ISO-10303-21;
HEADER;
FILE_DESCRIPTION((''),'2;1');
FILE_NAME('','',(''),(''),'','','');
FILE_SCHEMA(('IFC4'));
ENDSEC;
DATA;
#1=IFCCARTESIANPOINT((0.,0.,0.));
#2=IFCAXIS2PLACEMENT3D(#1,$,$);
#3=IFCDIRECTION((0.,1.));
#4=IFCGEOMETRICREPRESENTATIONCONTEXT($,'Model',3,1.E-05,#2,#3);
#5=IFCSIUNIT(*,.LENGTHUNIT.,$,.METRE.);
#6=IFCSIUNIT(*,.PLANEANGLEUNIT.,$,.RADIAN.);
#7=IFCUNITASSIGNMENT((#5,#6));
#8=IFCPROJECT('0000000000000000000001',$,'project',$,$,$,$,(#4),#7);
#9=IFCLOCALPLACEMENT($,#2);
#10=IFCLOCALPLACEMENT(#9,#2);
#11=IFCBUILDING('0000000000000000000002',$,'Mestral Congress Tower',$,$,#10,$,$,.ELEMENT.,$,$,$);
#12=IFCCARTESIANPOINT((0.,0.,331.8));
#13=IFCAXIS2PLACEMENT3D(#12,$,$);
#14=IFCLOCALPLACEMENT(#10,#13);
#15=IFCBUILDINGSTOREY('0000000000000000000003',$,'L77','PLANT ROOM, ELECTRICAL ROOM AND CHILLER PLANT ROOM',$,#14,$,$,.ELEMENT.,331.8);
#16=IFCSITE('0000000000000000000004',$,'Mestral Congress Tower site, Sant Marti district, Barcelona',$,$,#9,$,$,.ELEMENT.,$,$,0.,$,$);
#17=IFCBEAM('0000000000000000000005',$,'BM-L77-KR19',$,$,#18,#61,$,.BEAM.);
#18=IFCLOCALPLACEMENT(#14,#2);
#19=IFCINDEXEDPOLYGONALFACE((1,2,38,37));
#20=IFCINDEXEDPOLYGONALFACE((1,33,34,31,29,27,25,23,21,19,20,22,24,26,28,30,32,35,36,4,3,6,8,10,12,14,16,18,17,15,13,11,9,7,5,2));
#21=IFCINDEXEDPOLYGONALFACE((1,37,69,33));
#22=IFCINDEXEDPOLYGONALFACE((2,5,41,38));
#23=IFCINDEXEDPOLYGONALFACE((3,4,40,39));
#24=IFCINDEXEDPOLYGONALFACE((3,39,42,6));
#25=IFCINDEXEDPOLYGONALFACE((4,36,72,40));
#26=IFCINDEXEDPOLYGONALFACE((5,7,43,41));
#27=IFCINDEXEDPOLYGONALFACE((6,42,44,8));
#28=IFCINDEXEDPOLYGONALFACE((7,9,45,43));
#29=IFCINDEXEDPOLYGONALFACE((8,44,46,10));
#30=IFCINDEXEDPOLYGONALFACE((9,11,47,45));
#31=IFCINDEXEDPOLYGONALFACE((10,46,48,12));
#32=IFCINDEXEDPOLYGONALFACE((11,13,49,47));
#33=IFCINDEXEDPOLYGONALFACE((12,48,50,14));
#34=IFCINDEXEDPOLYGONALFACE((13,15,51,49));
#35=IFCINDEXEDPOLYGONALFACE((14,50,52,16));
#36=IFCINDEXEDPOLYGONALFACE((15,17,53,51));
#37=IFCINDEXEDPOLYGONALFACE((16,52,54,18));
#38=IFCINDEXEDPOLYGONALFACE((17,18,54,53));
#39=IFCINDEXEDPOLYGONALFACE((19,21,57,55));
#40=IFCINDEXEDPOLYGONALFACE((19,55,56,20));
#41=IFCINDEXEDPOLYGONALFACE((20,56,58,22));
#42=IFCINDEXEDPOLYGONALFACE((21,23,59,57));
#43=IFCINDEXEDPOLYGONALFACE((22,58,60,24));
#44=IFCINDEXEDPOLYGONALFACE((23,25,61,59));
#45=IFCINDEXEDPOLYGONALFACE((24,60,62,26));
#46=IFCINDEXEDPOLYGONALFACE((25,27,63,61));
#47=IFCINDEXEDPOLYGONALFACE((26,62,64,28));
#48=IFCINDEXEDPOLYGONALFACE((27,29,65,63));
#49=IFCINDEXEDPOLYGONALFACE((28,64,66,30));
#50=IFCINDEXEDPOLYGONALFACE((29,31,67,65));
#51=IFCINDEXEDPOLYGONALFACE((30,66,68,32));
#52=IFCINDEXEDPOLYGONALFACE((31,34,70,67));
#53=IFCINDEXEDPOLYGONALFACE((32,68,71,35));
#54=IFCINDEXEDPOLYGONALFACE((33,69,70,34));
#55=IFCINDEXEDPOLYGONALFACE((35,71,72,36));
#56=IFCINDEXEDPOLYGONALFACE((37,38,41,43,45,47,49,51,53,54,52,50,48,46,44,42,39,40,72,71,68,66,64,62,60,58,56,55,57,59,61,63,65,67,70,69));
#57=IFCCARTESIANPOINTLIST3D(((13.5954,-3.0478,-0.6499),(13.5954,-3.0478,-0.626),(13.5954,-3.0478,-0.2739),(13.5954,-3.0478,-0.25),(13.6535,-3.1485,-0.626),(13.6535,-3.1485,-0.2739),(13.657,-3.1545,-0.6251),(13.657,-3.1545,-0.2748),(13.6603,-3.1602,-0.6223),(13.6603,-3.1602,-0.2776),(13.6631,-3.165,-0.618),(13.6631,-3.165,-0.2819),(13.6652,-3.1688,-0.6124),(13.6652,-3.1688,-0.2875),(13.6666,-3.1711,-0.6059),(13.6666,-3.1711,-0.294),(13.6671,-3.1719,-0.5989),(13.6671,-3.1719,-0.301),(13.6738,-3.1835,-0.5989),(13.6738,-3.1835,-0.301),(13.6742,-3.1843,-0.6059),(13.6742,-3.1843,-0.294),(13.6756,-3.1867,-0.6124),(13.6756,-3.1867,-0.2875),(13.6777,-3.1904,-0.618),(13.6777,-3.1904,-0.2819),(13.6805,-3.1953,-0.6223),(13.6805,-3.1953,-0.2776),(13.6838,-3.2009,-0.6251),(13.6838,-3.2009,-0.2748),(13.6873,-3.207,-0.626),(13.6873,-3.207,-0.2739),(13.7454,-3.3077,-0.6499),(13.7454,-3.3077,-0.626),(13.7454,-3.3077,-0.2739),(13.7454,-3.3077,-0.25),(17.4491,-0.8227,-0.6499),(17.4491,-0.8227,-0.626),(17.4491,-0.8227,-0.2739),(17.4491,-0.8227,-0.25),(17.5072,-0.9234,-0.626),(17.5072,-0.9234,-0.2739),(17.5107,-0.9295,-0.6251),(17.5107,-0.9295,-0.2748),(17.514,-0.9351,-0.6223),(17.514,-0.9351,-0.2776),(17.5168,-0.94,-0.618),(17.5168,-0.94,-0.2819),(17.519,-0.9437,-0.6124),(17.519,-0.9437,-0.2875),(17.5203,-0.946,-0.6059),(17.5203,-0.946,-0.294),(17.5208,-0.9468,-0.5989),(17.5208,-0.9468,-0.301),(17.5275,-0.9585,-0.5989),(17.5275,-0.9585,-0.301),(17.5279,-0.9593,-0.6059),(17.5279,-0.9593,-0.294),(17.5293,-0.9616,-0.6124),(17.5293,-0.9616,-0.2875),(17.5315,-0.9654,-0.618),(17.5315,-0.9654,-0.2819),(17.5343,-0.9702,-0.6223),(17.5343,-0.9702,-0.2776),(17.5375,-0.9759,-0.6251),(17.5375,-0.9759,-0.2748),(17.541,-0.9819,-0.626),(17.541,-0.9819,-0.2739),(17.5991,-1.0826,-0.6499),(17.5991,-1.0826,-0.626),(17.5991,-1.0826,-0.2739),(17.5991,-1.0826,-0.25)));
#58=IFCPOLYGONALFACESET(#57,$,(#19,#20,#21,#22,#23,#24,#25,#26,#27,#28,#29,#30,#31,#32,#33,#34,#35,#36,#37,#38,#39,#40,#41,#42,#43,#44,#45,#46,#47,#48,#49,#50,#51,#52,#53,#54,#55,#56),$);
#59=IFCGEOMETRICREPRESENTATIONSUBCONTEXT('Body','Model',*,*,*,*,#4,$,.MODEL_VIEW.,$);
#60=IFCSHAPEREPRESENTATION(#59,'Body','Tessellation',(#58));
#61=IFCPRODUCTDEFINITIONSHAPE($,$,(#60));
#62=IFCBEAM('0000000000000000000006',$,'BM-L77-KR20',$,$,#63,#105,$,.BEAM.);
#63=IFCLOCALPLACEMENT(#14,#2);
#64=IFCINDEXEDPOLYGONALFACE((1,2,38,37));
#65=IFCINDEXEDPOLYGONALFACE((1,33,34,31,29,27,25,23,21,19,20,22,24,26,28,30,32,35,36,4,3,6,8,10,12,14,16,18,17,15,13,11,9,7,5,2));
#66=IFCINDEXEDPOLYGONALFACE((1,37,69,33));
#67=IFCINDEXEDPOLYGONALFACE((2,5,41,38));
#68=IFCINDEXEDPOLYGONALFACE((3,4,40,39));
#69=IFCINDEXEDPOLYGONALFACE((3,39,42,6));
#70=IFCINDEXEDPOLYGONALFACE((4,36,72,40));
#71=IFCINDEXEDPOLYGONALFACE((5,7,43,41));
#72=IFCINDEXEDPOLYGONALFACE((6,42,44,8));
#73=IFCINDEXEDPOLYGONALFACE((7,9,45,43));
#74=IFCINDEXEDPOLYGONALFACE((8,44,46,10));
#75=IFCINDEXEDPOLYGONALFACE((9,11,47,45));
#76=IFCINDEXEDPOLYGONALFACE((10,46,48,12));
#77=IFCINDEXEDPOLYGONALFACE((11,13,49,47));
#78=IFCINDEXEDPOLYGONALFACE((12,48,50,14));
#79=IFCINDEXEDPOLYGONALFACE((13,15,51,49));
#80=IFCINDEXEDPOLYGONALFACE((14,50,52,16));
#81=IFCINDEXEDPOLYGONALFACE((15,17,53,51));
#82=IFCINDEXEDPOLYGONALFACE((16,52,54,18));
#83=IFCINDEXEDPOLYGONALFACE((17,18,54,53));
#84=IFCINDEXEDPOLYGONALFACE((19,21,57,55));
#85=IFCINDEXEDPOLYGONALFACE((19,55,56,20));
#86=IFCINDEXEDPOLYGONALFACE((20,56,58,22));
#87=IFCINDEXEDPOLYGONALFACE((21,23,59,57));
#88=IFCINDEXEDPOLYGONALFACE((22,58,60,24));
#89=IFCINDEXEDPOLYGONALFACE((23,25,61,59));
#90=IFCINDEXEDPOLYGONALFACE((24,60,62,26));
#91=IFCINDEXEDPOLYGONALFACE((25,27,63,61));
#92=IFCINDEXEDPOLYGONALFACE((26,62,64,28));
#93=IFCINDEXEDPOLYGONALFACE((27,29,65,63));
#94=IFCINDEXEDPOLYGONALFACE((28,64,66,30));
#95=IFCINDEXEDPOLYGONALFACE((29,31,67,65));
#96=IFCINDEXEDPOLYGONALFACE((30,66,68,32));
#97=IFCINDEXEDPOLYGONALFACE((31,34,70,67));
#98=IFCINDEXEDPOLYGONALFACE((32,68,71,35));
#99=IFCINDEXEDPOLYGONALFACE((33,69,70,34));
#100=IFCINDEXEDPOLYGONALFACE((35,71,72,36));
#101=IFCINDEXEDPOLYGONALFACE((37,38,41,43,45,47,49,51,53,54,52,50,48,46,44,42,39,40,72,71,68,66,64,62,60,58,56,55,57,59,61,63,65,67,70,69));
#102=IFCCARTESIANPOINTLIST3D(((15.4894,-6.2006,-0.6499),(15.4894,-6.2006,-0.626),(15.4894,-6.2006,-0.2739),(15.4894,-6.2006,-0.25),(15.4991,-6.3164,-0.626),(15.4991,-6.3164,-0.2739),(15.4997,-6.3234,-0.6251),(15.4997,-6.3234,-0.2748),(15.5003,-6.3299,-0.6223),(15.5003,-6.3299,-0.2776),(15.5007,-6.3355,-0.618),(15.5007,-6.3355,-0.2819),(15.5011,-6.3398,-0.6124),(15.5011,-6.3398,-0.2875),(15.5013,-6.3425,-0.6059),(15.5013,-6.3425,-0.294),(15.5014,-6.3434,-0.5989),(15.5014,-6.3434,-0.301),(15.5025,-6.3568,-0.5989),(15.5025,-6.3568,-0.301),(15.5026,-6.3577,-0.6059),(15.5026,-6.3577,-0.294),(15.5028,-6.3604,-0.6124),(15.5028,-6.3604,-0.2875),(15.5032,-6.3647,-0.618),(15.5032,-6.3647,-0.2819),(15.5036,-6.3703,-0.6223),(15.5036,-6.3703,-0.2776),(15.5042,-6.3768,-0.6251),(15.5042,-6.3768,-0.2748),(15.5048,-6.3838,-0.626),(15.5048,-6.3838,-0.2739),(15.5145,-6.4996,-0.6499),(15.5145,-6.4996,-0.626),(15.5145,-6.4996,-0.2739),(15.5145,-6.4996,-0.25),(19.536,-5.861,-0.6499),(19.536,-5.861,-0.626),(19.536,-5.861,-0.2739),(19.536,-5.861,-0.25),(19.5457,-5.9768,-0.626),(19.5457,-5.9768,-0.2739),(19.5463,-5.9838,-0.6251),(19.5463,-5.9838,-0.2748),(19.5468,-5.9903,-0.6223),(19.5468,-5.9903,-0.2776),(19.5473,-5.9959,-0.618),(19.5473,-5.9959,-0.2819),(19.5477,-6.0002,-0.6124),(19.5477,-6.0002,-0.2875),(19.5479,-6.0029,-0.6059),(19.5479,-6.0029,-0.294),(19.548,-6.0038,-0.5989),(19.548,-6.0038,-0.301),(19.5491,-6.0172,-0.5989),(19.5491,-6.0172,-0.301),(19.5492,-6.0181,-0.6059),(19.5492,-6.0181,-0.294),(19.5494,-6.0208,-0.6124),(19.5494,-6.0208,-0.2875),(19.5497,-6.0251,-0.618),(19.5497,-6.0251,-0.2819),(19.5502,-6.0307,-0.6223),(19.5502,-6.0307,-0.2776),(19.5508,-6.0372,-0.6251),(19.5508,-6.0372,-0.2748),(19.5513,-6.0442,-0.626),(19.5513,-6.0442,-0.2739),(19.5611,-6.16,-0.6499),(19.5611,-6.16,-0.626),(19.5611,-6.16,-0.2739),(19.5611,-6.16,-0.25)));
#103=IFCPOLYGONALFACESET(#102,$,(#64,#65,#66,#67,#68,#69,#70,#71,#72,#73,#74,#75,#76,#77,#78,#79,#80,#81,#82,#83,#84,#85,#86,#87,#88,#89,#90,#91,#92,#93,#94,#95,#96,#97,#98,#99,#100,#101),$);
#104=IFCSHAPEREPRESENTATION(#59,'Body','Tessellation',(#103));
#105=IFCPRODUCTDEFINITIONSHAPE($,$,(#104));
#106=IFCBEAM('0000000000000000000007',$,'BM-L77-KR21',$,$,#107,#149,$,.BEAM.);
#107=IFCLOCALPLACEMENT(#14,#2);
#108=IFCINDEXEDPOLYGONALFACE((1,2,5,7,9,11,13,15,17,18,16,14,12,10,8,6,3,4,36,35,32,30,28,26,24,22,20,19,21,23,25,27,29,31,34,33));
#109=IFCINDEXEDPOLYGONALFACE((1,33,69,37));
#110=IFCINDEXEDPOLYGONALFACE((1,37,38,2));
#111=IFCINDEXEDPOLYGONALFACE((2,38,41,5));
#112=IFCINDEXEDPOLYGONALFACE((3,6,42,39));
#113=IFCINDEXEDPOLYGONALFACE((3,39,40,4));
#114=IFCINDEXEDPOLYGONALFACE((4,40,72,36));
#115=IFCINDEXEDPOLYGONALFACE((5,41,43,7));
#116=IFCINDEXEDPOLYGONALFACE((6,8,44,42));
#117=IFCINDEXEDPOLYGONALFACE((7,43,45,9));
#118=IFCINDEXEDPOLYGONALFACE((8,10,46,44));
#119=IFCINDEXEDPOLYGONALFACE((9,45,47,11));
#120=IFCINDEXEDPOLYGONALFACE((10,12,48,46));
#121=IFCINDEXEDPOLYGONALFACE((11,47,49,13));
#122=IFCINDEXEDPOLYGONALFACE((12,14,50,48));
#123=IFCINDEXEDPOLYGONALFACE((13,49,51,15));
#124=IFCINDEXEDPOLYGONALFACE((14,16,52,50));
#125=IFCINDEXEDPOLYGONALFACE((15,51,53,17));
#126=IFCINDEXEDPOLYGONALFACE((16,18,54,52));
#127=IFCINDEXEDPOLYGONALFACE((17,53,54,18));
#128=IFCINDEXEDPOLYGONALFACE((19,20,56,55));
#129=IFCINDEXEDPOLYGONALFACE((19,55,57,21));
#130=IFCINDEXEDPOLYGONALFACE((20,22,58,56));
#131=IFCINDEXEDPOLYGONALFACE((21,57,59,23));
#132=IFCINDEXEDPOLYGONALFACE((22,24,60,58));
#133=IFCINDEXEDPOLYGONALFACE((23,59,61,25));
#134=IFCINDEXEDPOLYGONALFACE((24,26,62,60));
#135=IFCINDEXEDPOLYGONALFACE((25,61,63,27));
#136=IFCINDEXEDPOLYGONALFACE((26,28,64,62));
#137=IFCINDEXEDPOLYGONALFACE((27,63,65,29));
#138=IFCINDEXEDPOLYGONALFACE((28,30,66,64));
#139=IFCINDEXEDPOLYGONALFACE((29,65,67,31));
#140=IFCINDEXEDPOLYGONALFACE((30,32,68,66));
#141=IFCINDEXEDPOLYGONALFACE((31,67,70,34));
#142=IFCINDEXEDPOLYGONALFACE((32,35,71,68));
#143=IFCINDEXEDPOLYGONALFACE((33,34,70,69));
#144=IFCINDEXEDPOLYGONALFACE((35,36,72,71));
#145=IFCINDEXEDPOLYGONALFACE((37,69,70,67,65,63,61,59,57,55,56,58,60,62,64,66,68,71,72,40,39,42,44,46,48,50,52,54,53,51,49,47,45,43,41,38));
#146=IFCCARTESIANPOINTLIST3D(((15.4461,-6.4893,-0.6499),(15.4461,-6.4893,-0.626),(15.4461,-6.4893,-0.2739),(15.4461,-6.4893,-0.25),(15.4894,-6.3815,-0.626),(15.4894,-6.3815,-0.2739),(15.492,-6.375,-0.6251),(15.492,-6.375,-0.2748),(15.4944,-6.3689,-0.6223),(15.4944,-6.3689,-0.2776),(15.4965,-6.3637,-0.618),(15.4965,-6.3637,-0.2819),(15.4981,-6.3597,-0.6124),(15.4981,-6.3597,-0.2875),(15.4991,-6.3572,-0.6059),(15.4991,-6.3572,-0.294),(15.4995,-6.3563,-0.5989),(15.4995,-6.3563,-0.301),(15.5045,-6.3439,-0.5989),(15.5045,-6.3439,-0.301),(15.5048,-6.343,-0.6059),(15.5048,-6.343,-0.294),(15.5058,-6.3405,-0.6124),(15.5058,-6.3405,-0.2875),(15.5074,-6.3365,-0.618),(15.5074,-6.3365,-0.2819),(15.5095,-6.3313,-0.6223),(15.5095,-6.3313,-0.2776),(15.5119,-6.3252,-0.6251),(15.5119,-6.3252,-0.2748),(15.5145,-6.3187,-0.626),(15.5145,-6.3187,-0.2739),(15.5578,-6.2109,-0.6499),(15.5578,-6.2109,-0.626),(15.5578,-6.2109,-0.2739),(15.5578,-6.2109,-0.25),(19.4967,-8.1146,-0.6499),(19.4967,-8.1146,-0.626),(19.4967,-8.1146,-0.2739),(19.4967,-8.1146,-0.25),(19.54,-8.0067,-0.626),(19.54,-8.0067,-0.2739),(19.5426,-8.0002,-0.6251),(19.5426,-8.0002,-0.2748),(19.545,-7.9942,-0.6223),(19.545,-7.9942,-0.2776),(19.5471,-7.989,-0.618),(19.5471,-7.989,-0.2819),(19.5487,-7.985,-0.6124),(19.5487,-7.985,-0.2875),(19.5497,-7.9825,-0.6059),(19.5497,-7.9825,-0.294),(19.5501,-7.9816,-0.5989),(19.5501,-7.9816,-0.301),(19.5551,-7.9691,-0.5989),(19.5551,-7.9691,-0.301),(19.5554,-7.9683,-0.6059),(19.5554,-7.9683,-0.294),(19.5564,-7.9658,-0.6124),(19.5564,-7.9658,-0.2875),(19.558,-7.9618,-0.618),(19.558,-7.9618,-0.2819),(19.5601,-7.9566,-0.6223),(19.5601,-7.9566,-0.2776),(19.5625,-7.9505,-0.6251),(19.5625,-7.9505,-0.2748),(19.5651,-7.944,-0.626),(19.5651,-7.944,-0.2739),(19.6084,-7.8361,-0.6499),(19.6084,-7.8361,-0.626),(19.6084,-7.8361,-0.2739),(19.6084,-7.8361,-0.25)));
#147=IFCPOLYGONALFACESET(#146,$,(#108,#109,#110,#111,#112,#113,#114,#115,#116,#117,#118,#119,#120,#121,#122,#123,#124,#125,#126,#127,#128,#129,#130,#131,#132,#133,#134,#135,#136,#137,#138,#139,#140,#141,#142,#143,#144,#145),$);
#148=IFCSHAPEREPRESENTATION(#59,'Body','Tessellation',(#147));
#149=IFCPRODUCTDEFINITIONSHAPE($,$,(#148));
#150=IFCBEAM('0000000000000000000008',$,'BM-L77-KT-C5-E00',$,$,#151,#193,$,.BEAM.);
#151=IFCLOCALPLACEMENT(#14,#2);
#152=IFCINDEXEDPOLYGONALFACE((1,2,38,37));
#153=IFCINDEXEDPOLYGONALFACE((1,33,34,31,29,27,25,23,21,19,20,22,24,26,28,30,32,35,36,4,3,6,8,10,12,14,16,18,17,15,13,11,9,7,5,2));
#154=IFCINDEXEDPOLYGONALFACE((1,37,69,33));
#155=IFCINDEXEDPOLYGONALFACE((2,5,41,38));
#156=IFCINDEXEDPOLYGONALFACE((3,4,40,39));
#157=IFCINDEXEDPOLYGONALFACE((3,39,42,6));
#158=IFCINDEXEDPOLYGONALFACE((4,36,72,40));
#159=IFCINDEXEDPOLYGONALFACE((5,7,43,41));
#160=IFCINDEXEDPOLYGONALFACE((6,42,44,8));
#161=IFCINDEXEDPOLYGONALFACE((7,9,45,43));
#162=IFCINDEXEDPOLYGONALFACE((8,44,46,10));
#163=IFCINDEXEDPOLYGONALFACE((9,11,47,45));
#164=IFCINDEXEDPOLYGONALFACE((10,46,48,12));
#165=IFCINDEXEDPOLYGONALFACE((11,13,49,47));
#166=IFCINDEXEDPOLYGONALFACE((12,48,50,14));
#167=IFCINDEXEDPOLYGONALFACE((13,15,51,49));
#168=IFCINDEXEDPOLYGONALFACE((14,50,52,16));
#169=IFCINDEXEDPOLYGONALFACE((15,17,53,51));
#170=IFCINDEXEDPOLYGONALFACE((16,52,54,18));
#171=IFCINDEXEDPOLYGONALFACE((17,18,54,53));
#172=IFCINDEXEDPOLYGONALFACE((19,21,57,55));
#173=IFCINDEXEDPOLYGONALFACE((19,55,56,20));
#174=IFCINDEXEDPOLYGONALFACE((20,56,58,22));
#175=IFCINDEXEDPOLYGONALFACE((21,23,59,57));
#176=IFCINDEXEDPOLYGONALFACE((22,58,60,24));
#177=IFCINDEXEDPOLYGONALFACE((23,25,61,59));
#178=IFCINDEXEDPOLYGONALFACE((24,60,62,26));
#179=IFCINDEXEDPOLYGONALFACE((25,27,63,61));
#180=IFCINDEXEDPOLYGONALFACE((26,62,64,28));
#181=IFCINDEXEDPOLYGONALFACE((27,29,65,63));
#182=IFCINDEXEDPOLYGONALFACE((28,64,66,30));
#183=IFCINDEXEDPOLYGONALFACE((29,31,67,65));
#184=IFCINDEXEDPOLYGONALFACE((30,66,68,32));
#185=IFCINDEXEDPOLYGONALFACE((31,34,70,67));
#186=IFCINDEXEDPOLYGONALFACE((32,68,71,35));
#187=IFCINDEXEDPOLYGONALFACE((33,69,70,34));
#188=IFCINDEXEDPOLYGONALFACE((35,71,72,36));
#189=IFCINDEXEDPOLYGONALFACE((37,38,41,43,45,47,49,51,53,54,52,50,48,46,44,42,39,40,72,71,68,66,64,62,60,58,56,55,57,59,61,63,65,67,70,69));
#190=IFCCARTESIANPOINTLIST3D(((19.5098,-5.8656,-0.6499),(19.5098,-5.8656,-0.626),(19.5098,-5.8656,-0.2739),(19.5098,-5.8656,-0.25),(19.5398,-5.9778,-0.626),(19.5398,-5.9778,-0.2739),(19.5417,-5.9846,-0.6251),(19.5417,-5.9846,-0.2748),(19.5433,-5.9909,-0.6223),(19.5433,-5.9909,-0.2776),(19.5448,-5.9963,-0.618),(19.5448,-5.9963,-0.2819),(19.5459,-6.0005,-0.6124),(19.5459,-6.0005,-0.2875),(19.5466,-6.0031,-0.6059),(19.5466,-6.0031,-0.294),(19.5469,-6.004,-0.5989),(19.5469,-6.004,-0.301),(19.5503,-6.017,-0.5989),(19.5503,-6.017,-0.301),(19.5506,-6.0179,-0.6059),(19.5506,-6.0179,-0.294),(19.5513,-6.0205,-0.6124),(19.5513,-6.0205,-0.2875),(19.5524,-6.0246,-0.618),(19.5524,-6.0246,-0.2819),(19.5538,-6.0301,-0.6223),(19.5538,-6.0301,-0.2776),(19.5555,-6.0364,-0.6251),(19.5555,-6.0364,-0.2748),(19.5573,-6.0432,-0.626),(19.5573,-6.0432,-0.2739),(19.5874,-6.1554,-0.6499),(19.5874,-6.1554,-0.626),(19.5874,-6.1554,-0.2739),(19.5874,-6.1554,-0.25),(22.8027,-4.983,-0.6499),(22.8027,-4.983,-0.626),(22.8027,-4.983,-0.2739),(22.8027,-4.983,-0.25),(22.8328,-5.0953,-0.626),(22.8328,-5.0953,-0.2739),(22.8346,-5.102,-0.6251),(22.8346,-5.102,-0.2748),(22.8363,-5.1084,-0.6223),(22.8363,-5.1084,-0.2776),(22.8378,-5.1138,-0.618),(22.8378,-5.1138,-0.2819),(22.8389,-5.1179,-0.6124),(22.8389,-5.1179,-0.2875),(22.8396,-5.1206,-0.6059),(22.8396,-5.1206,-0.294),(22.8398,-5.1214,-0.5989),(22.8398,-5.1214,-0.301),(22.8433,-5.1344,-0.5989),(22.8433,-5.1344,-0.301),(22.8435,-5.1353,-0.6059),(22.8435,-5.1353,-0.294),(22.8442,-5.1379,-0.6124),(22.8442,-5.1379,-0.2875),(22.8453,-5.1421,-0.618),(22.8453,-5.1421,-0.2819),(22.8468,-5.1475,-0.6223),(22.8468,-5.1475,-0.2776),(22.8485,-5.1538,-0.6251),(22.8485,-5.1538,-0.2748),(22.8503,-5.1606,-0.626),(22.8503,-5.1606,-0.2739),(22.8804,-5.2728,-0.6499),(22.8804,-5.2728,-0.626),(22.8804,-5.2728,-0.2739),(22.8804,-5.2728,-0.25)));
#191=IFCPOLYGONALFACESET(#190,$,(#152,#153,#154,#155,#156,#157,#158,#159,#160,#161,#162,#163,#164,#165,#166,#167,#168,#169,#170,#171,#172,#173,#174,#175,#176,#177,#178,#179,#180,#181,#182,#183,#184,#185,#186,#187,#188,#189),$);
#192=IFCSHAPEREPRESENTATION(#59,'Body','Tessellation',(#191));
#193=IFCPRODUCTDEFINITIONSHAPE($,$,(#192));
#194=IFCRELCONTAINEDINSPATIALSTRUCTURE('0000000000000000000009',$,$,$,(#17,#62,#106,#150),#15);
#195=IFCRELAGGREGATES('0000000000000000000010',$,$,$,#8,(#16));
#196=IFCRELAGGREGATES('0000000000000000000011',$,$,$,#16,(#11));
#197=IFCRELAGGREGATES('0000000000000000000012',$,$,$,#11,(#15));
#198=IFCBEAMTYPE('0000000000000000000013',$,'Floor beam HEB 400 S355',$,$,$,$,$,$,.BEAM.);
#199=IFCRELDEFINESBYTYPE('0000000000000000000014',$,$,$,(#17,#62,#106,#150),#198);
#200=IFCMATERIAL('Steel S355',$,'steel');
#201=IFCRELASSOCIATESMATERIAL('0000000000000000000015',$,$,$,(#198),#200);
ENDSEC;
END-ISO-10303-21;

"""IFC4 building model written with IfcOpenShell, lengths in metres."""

from ifc_helpers import new_model, si_unit, direction, frame, origin, origin_2d, place, context, subcontext, project, spatial, i_section, extrude, material, material_profile, profile_set, type_object, element, save


model = new_model("IFC4")

# Units and contexts
model_context = context("Model", 3, precision=1e-05, world=origin(), true_north=direction((0.0, 1.0)))
body_context = subcontext(model_context, "Body", "Model", "MODEL_VIEW")
ifc_project = project(units=[si_unit("LENGTHUNIT", "METRE"), si_unit("PLANEANGLEUNIT", "RADIAN")], contexts=[model_context])

# Site, building, storey
site_placement = place(None, origin())
site = spatial("IfcSite", under=ifc_project, at=site_placement, Name="Mestral Congress Tower site, Sant Marti district, Barcelona", CompositionType="ELEMENT", RefElevation=0.0)
building_placement = place(site_placement, origin())
building = spatial("IfcBuilding", under=site, at=building_placement, Name="Mestral Congress Tower", CompositionType="ELEMENT")
storey_placement = place(building_placement, frame((0.0, 0.0, 331.8)))
storey = spatial("IfcBuildingStorey", under=building, at=storey_placement, Name="L77", Description="PLANT ROOM, ELECTRICAL ROOM AND CHILLER PLANT ROOM", CompositionType="ELEMENT", Elevation=331.8)

# Shared definitions
ifc_material_1 = material(Name="Steel S355", Category="steel")

# Beams
ifc_material_profile_1 = material_profile(ifc_material_1, i_section(OverallWidth=0.3, OverallDepth=0.3999, WebThickness=0.0134, FlangeThickness=0.0239, FilletRadius=0.0271, at=origin_2d()), Name="HEB 400")
ifc_profile_set_1 = profile_set([ifc_material_profile_1], Name="Steel S355")
beam_type_1 = type_object("IfcBeamType", Name="Floor beam HEB 400 S355", PredefinedType="BEAM", material=ifc_profile_set_1)
beam_1_placement = place(storey_placement, frame((13.6704, -3.1777, -0.45), z_axis=(0.866013, 0.500022, 0.0), x_axis=(-0.500022, 0.866013, 0.0)))
element("IfcBeam", 1, at=beam_1_placement, inside=storey, type_object=beam_type_1, Name="BM-L77-KR19", PredefinedType="BEAM", context=body_context, shape_type="SweptSolid", body=[
    extrude(i_section(OverallWidth=0.3, OverallDepth=0.3999, WebThickness=0.0134, FlangeThickness=0.0239, FilletRadius=0.0271, at=origin_2d()), origin(), (0.0, 0.0, 1.0), 4.45),
])
beam_2_placement = place(storey_placement, frame((15.502, -6.3501, -0.45), z_axis=(0.996497, 0.083628, 0.0), x_axis=(-0.083628, 0.996497, 0.0)))
element("IfcBeam", 2, at=beam_2_placement, inside=storey, type_object=beam_type_1, Name="BM-L77-KR20", PredefinedType="BEAM", context=body_context, shape_type="SweptSolid", body=[
    extrude(i_section(OverallWidth=0.3, OverallDepth=0.3999, WebThickness=0.0134, FlangeThickness=0.0239, FilletRadius=0.0271, at=origin_2d()), origin(), (0.0, 0.0, 1.0), 4.0608),
])
beam_3_placement = place(storey_placement, frame((15.502, -6.3501, -0.45), z_axis=(0.928079, -0.372384, 0.0), x_axis=(0.372384, 0.928079, 0.0)))
element("IfcBeam", 3, at=beam_3_placement, inside=storey, type_object=beam_type_1, Name="BM-L77-KR21", PredefinedType="BEAM", context=body_context, shape_type="SweptSolid", body=[
    extrude(i_section(OverallWidth=0.3, OverallDepth=0.3999, WebThickness=0.0134, FlangeThickness=0.0239, FilletRadius=0.0271, at=origin_2d()), origin(), (0.0, 0.0, 1.0), 4.3645),
])
beam_4_placement = place(storey_placement, frame((22.8416, -5.1279, -0.45), z_axis=(-0.96591, -0.258879, 0.0), x_axis=(0.258879, -0.96591, 0.0)))
element("IfcBeam", 4, at=beam_4_placement, inside=storey, type_object=beam_type_1, Name="BM-L77-KT-C5-E00", PredefinedType="BEAM", context=body_context, shape_type="SweptSolid", body=[
    extrude(i_section(OverallWidth=0.3, OverallDepth=0.3999, WebThickness=0.0134, FlangeThickness=0.0239, FilletRadius=0.0271, at=origin_2d()), origin(), (0.0, 0.0, 1.0), 3.4092),
])

save(model, "model.ifc")
